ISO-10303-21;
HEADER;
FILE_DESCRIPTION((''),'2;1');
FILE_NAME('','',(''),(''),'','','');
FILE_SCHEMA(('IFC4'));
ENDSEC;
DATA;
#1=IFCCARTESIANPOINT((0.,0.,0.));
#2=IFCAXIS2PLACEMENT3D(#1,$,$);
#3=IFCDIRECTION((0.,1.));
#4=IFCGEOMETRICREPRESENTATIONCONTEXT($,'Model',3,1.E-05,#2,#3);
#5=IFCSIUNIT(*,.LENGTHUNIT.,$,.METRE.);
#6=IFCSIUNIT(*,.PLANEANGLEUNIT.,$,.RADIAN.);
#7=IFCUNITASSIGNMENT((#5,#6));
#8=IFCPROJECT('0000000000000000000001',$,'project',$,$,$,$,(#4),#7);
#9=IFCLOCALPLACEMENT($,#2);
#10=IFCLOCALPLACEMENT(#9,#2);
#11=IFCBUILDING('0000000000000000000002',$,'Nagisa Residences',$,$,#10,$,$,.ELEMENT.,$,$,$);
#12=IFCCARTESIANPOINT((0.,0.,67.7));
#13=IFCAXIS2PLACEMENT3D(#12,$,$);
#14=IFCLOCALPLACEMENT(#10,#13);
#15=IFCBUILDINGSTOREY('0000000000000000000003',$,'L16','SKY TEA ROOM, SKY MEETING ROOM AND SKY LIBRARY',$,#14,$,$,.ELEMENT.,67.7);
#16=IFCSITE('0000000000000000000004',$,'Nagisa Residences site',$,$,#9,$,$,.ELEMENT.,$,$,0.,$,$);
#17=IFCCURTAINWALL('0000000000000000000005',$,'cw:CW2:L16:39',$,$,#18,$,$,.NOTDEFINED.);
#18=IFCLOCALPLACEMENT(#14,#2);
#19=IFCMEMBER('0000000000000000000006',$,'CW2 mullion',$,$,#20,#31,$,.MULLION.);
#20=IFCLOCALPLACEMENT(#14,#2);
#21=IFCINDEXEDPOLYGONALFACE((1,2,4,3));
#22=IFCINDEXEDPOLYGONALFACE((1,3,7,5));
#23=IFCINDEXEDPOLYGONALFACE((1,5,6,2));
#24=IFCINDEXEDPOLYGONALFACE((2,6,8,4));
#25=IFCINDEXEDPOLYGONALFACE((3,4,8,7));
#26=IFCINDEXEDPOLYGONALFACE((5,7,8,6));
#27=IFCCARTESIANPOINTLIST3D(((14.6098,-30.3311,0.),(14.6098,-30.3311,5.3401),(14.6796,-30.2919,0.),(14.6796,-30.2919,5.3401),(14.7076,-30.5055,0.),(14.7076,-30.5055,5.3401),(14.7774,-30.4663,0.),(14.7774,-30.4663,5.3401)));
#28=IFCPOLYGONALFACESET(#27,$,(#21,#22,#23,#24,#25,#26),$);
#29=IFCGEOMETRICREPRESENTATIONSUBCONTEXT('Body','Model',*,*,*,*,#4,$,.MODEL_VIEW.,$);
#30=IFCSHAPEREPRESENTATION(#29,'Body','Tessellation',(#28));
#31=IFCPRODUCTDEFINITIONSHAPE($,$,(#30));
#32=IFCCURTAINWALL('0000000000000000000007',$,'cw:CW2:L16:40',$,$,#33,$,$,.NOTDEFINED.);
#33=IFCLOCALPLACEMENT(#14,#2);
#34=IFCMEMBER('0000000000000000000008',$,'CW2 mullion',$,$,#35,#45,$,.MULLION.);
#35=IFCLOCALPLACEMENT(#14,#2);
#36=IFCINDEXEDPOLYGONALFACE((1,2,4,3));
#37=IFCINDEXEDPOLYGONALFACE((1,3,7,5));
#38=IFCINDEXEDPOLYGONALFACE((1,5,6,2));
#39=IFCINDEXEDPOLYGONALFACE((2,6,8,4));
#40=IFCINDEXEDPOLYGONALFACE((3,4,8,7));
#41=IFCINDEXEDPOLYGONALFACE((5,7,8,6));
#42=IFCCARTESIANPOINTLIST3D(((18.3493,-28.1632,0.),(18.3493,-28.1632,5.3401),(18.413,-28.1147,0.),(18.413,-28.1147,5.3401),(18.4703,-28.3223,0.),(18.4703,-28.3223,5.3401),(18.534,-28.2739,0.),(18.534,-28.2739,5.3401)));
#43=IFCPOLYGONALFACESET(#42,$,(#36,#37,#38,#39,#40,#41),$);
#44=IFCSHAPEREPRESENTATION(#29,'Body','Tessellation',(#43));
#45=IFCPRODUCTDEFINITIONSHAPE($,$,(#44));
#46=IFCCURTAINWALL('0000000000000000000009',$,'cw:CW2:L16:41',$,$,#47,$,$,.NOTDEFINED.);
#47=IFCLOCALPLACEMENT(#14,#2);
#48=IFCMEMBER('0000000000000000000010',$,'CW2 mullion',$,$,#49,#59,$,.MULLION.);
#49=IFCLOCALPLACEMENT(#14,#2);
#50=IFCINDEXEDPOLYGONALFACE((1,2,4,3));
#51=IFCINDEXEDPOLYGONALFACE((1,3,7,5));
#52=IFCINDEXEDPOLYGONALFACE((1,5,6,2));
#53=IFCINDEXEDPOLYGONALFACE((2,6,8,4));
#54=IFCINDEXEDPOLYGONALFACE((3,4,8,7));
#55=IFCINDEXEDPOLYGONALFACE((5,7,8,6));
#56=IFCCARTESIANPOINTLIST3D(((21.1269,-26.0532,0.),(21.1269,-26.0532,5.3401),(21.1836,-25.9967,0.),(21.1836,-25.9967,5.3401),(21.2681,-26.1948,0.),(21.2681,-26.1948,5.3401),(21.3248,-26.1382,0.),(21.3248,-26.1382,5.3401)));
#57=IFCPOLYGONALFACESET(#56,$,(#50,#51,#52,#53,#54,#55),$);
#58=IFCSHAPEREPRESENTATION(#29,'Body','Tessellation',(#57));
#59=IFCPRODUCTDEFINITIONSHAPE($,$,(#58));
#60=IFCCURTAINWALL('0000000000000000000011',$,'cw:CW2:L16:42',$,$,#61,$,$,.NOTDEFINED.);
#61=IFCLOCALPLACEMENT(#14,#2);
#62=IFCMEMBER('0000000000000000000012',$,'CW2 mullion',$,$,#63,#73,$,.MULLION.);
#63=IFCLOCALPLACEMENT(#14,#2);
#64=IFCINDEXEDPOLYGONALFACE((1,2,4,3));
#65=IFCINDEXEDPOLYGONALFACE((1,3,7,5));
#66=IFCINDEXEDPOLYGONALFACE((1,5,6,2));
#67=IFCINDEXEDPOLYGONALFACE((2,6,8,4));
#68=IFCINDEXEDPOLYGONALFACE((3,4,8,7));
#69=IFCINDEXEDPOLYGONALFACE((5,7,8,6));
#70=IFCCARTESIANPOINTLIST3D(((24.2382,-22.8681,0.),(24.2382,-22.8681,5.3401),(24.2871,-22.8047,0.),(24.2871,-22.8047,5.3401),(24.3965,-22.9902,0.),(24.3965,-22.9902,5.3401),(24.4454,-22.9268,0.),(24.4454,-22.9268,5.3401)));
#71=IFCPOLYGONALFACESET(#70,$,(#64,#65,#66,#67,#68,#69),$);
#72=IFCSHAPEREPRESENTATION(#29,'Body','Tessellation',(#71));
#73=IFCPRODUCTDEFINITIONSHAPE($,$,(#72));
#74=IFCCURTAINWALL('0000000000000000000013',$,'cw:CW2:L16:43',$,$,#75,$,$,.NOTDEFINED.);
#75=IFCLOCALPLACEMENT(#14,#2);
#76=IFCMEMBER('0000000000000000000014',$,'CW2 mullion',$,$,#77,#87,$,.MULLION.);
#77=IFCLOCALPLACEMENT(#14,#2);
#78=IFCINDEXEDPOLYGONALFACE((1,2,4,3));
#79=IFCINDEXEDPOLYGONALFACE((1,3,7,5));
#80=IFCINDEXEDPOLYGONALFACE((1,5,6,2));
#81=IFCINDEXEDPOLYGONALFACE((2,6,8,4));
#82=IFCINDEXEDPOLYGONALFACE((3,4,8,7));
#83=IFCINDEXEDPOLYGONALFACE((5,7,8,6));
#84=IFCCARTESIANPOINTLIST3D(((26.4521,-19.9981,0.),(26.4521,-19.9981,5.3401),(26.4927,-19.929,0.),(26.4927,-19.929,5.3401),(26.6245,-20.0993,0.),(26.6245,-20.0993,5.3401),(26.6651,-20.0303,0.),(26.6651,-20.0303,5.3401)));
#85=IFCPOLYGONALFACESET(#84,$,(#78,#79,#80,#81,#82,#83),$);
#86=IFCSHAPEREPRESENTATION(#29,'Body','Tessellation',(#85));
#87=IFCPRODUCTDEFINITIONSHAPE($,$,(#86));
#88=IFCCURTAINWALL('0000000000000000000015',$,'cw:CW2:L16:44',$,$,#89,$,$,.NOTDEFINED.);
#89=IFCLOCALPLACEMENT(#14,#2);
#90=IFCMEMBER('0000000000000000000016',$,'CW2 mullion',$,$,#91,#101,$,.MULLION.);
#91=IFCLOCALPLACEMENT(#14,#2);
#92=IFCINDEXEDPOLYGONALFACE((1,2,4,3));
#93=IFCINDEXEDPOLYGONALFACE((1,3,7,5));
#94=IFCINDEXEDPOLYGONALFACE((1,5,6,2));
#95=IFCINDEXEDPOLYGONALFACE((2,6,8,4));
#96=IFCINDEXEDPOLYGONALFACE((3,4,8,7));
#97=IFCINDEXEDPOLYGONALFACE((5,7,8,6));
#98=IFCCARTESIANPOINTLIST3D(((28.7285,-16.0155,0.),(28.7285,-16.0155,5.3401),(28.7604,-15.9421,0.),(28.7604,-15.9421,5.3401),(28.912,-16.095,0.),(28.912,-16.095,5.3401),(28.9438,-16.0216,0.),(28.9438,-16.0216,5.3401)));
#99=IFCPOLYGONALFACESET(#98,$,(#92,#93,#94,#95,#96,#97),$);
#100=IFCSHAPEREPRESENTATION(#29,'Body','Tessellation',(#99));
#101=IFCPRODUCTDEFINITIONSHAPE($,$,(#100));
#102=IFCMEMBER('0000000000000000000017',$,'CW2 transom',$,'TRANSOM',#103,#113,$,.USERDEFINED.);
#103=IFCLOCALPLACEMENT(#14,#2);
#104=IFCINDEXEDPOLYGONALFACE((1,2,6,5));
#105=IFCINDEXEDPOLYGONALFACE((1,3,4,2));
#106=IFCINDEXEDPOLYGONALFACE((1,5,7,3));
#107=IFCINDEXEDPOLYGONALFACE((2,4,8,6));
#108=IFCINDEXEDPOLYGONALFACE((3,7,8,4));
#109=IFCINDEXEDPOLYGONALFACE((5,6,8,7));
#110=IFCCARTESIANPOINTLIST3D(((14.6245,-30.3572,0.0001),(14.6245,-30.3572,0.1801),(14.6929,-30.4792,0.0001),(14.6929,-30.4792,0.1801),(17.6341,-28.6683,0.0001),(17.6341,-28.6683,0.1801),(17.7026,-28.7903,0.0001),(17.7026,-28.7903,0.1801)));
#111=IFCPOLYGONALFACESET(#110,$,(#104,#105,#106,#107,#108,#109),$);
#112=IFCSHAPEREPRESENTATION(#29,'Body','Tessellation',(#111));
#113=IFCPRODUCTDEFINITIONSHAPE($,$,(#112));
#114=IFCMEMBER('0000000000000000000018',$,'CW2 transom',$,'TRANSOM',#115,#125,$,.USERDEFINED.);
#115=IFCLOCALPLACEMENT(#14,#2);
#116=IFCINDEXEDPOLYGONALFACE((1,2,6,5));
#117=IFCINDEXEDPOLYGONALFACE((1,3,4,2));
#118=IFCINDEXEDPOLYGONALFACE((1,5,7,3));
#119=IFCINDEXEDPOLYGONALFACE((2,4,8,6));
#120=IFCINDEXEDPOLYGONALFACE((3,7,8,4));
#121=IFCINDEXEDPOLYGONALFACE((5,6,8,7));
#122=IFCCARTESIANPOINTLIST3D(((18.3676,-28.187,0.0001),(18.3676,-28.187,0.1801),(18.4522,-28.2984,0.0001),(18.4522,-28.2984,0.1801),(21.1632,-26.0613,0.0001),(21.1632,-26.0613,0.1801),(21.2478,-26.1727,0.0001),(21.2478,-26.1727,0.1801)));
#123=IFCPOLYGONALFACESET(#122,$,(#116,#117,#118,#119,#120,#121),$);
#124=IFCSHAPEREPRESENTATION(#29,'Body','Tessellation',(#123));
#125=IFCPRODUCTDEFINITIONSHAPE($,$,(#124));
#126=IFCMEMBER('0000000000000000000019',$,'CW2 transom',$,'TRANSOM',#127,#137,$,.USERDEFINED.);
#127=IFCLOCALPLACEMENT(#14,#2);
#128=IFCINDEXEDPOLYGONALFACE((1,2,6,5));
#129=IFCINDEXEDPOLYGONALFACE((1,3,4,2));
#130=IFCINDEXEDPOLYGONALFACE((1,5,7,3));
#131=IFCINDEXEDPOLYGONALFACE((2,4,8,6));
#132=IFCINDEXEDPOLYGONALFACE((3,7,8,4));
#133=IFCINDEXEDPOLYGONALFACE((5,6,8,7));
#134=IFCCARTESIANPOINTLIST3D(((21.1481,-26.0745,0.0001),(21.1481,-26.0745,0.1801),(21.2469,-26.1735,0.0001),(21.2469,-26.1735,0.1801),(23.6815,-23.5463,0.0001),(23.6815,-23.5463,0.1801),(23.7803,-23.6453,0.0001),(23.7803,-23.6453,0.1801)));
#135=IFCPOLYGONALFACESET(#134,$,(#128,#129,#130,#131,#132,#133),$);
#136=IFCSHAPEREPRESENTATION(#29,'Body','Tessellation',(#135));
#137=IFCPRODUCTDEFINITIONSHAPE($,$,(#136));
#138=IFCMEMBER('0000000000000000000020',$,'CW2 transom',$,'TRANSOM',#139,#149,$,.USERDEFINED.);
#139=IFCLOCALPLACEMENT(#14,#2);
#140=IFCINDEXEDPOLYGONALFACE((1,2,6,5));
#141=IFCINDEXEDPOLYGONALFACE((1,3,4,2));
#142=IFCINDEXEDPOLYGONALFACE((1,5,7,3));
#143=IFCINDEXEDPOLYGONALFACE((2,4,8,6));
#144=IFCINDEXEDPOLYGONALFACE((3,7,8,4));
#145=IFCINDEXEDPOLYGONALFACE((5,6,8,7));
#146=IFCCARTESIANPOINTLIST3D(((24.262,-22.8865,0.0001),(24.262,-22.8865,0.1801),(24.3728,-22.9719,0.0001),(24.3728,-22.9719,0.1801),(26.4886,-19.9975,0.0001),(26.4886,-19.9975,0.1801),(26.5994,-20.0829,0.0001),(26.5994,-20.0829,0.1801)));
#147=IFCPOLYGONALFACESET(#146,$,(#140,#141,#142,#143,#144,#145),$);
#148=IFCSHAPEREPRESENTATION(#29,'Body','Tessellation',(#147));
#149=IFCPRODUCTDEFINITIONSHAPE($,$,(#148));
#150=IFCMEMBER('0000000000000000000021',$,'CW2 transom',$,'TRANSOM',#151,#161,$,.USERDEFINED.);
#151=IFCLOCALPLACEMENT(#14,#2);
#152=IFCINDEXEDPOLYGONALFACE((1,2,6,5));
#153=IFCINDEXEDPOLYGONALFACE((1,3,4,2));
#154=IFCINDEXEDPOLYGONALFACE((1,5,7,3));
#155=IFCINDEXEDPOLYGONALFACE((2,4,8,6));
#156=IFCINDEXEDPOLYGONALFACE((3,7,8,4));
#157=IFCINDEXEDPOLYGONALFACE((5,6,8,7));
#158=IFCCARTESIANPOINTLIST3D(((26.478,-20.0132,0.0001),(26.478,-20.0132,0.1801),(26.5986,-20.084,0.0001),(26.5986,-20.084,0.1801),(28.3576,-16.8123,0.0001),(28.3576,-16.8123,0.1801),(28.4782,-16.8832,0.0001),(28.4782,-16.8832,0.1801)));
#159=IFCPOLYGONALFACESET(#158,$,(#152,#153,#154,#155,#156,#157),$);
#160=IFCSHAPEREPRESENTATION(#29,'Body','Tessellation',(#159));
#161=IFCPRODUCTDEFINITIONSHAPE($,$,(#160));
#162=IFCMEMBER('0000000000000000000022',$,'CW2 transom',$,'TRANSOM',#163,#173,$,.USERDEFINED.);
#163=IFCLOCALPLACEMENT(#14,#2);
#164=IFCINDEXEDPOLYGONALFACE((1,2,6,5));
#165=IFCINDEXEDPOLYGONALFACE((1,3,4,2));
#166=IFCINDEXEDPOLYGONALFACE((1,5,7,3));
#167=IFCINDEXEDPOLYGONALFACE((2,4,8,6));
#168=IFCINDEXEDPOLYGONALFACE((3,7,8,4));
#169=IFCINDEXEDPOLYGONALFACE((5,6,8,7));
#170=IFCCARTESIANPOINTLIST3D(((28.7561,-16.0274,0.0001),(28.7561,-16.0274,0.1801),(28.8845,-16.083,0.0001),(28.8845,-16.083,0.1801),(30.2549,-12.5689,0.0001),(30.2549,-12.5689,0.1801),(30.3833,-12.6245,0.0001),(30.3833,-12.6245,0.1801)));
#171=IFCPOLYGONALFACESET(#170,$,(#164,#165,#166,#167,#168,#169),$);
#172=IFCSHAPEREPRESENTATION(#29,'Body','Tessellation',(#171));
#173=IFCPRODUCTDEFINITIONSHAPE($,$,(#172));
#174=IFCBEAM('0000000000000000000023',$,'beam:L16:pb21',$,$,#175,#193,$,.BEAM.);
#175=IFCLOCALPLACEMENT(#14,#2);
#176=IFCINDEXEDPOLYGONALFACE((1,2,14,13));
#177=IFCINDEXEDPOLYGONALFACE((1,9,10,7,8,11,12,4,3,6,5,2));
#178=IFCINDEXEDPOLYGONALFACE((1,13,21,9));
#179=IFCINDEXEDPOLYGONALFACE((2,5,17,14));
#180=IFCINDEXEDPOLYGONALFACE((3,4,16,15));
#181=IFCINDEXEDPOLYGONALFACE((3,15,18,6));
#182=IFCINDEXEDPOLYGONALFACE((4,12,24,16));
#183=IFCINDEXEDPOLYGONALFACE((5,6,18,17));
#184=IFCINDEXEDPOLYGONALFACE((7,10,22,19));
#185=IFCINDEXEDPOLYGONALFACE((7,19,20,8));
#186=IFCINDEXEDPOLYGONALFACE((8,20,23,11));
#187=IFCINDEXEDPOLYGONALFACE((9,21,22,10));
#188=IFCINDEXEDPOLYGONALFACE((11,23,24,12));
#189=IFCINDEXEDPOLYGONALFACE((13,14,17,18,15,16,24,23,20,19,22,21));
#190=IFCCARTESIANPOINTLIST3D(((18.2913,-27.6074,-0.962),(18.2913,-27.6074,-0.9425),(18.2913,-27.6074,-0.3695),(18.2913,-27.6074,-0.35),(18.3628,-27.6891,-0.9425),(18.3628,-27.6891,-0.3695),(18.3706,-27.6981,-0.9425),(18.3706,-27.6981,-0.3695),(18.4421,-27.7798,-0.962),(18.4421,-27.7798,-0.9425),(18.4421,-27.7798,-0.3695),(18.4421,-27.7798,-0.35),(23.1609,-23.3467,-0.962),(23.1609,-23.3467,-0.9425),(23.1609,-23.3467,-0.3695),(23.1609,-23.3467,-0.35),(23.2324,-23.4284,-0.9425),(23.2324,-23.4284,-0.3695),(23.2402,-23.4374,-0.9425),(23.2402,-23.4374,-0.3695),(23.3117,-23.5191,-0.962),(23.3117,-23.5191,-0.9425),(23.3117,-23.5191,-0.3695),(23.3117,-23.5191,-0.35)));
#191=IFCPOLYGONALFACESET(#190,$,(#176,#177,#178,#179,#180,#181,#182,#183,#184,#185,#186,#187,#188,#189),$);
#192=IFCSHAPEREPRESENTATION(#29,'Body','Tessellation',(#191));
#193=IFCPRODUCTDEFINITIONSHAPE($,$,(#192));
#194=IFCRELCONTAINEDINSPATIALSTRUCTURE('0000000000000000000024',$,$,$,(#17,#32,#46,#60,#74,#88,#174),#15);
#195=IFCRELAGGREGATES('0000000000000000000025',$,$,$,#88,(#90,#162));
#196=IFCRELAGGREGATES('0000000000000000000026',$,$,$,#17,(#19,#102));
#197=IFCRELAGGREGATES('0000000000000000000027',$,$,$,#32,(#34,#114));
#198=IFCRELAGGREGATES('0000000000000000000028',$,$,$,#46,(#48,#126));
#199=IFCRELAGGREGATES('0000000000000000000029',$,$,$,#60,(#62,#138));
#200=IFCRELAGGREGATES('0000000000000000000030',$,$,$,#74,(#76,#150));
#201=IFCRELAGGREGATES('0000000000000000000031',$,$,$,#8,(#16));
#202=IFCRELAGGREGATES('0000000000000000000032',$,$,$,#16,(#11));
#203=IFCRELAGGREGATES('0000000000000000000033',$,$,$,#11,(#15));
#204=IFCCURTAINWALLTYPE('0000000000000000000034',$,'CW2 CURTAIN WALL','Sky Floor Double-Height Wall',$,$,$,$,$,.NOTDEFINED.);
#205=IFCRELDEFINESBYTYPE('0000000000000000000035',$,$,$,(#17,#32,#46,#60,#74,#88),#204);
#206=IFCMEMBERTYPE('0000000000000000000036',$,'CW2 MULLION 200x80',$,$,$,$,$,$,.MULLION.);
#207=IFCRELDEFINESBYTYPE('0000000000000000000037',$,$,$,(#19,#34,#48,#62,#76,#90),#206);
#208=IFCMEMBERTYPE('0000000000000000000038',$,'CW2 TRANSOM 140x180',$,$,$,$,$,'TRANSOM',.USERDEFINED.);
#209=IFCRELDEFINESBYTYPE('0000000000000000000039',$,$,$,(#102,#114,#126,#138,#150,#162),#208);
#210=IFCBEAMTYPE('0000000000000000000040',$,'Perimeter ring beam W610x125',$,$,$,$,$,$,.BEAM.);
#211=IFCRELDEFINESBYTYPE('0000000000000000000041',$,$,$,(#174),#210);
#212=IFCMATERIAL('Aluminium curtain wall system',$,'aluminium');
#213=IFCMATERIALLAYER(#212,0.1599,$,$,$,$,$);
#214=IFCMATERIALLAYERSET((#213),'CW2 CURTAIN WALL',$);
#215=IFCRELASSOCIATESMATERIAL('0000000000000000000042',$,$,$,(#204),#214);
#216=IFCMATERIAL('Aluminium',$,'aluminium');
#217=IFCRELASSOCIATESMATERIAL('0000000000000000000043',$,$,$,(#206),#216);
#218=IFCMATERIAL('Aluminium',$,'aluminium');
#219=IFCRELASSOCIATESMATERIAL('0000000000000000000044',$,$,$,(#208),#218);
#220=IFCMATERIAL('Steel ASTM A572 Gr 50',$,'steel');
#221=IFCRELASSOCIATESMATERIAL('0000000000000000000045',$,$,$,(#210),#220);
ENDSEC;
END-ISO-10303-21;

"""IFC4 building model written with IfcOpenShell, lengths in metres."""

from ifc_helpers import new_model, si_unit, direction, frame, origin, origin_2d, place, context, subcontext, project, spatial, rectangle, i_section, extrude, material, layer, layer_set, material_profile, profile_set, type_object, element, aggregate, save


model = new_model("IFC4")

# Units and contexts
model_context = context("Model", 3, precision=1e-05, world=origin(), true_north=direction((0.0, 1.0)))
body_context = subcontext(model_context, "Body", "Model", "MODEL_VIEW")
ifc_project = project(units=[si_unit("LENGTHUNIT", "METRE"), si_unit("PLANEANGLEUNIT", "RADIAN")], contexts=[model_context])

# Site, building, storey
site_placement = place(None, origin())
site = spatial("IfcSite", under=ifc_project, at=site_placement, Name="Nagisa Residences site", CompositionType="ELEMENT", RefElevation=0.0)
building_placement = place(site_placement, origin())
building = spatial("IfcBuilding", under=site, at=building_placement, Name="Nagisa Residences", CompositionType="ELEMENT")
storey_placement = place(building_placement, frame((0.0, 0.0, 67.7)))
storey = spatial("IfcBuildingStorey", under=building, at=storey_placement, Name="L16", Description="SKY TEA ROOM, SKY MEETING ROOM AND SKY LIBRARY", CompositionType="ELEMENT", Elevation=67.7)

# Curtain walls, members
ifc_material_1 = material(Name="Aluminium curtain wall system", Category="aluminium")
ifc_layer_1 = layer(ifc_material_1, 0.1599)
ifc_layer_set_1 = layer_set([ifc_layer_1], Name="CW2 CURTAIN WALL")
curtain_wall_type = type_object("IfcCurtainWallType", Name="CW2 CURTAIN WALL", Description="Sky Floor Double-Height Wall", PredefinedType="NOTDEFINED", material=ifc_layer_set_1)
curtain_wall_1_placement = place(storey_placement, origin())
curtain_wall_1 = element("IfcCurtainWall", 1, at=curtain_wall_1_placement, inside=storey, type_object=curtain_wall_type, Name="cw:CW2:L16:39", PredefinedType="NOTDEFINED")
ifc_material_2 = material(Name="Aluminium", Category="aluminium")
ifc_material_profile_1 = material_profile(ifc_material_2, rectangle(XDim=0.2, YDim=0.0801, at=origin_2d()), Name="CW2 MULLION 200x80")
ifc_profile_set_1 = profile_set([ifc_material_profile_1], Name="Aluminium")
member_type_1 = type_object("IfcMemberType", Name="CW2 MULLION 200x80", PredefinedType="MULLION", material=ifc_profile_set_1)
member_1_placement = place(storey_placement, frame((14.6936, -30.3987, 0.0), z_axis=(0.0, 0.0, 1.0), x_axis=(-0.489377, 0.872072, 0.0)))
member_1 = element("IfcMember", 2, at=member_1_placement, type_object=member_type_1, Name="CW2 mullion", PredefinedType="MULLION", context=body_context, shape_type="SweptSolid", body=[
    extrude(rectangle(XDim=0.2, YDim=0.0801, at=origin_2d()), origin(), (0.0, 0.0, 1.0), 5.3401),
])
curtain_wall_2_placement = place(storey_placement, origin())
curtain_wall_2 = element("IfcCurtainWall", 3, at=curtain_wall_2_placement, inside=storey, type_object=curtain_wall_type, Name="cw:CW2:L16:40", PredefinedType="NOTDEFINED")
member_2_placement = place(storey_placement, frame((18.4417, -28.2185, 0.0), z_axis=(0.0, 0.0, 1.0), x_axis=(-0.605255, 0.796031, 0.0)))
member_2 = element("IfcMember", 4, at=member_2_placement, type_object=member_type_1, Name="CW2 mullion", PredefinedType="MULLION", context=body_context, shape_type="SweptSolid", body=[
    extrude(rectangle(XDim=0.2, YDim=0.0801, at=origin_2d()), origin(), (0.0, 0.0, 1.0), 5.3401),
])
curtain_wall_3_placement = place(storey_placement, origin())
curtain_wall_3 = element("IfcCurtainWall", 5, at=curtain_wall_3_placement, inside=storey, type_object=curtain_wall_type, Name="cw:CW2:L16:41", PredefinedType="NOTDEFINED")
member_3_placement = place(storey_placement, frame((21.2258, -26.0957, 0.0), z_axis=(0.0, 0.0, 1.0), x_axis=(-0.706377, 0.707836, 0.0)))
member_3 = element("IfcMember", 6, at=member_3_placement, type_object=member_type_1, Name="CW2 mullion", PredefinedType="MULLION", context=body_context, shape_type="SweptSolid", body=[
    extrude(rectangle(XDim=0.2, YDim=0.0801, at=origin_2d()), origin(), (0.0, 0.0, 1.0), 5.3401),
])
curtain_wall_4_placement = place(storey_placement, origin())
curtain_wall_4 = element("IfcCurtainWall", 7, at=curtain_wall_4_placement, inside=storey, type_object=curtain_wall_type, Name="cw:CW2:L16:42", PredefinedType="NOTDEFINED")
member_4_placement = place(storey_placement, frame((24.3418, -22.8975, 0.0), z_axis=(0.0, 0.0, 1.0), x_axis=(-0.79207, 0.61043, 0.0)))
member_4 = element("IfcMember", 8, at=member_4_placement, type_object=member_type_1, Name="CW2 mullion", PredefinedType="MULLION", context=body_context, shape_type="SweptSolid", body=[
    extrude(rectangle(XDim=0.2, YDim=0.0801, at=origin_2d()), origin(), (0.0, 0.0, 1.0), 5.3401),
])
curtain_wall_5_placement = place(storey_placement, origin())
curtain_wall_5 = element("IfcCurtainWall", 9, at=curtain_wall_5_placement, inside=storey, type_object=curtain_wall_type, Name="cw:CW2:L16:43", PredefinedType="NOTDEFINED")
member_5_placement = place(storey_placement, frame((26.5586, -20.0142, 0.0), z_axis=(0.0, 0.0, 1.0), x_axis=(-0.862329, 0.506349, 0.0)))
member_5 = element("IfcMember", 10, at=member_5_placement, type_object=member_type_1, Name="CW2 mullion", PredefinedType="MULLION", context=body_context, shape_type="SweptSolid", body=[
    extrude(rectangle(XDim=0.2, YDim=0.0801, at=origin_2d()), origin(), (0.0, 0.0, 1.0), 5.3401),
])
curtain_wall_6_placement = place(storey_placement, origin())
curtain_wall_6 = element("IfcCurtainWall", 11, at=curtain_wall_6_placement, inside=storey, type_object=curtain_wall_type, Name="cw:CW2:L16:44", PredefinedType="NOTDEFINED")
member_6_placement = place(storey_placement, frame((28.8362, -16.0186, 0.0), z_axis=(0.0, 0.0, 1.0), x_axis=(-0.917543, 0.397636, 0.0)))
member_6 = element("IfcMember", 12, at=member_6_placement, type_object=member_type_1, Name="CW2 mullion", PredefinedType="MULLION", context=body_context, shape_type="SweptSolid", body=[
    extrude(rectangle(XDim=0.2, YDim=0.0801, at=origin_2d()), origin(), (0.0, 0.0, 1.0), 5.3401),
])

# Members
ifc_material_3 = material(Name="Aluminium", Category="aluminium")
ifc_material_profile_2 = material_profile(ifc_material_3, rectangle(XDim=0.1399, YDim=0.1799, at=origin_2d()), Name="CW2 TRANSOM 140x180")
ifc_profile_set_2 = profile_set([ifc_material_profile_2], Name="Aluminium")
member_type_2 = type_object("IfcMemberType", Name="CW2 TRANSOM 140x180", ElementType="TRANSOM", PredefinedType="USERDEFINED", material=ifc_profile_set_2)
member_7_placement = place(storey_placement, frame((14.6587, -30.4182, 0.0901), z_axis=(0.872074, 0.489374, 0.0), x_axis=(-0.489374, 0.872074, 0.0)))
member_7 = element("IfcMember", 13, at=member_7_placement, type_object=member_type_2, Name="CW2 transom", ObjectType="TRANSOM", PredefinedType="USERDEFINED", context=body_context, shape_type="SweptSolid", body=[
    extrude(rectangle(XDim=0.1399, YDim=0.1799, at=origin_2d()), origin(), (0.0, 0.0, 1.0), 3.4512),
])
member_8_placement = place(storey_placement, frame((18.4099, -28.2427, 0.0901), z_axis=(0.79602, 0.60527, 0.0), x_axis=(-0.60527, 0.79602, 0.0)))
member_8 = element("IfcMember", 14, at=member_8_placement, type_object=member_type_2, Name="CW2 transom", ObjectType="TRANSOM", PredefinedType="USERDEFINED", context=body_context, shape_type="SweptSolid", body=[
    extrude(rectangle(XDim=0.1399, YDim=0.1799, at=origin_2d()), origin(), (0.0, 0.0, 1.0), 3.512),
])
member_9_placement = place(storey_placement, frame((21.1975, -26.124, 0.0901), z_axis=(0.707823, 0.70639, 0.0), x_axis=(-0.70639, 0.707823, 0.0)))
member_9 = element("IfcMember", 15, at=member_9_placement, type_object=member_type_2, Name="CW2 transom", ObjectType="TRANSOM", PredefinedType="USERDEFINED", context=body_context, shape_type="SweptSolid", body=[
    extrude(rectangle(XDim=0.1399, YDim=0.1799, at=origin_2d()), origin(), (0.0, 0.0, 1.0), 3.5791),
])
member_10_placement = place(storey_placement, frame((24.3174, -22.9292, 0.0901), z_axis=(0.610454, 0.792051, 0.0), x_axis=(-0.792051, 0.610454, 0.0)))
member_10 = element("IfcMember", 16, at=member_10_placement, type_object=member_type_2, Name="CW2 transom", ObjectType="TRANSOM", PredefinedType="USERDEFINED", context=body_context, shape_type="SweptSolid", body=[
    extrude(rectangle(XDim=0.1399, YDim=0.1799, at=origin_2d()), origin(), (0.0, 0.0, 1.0), 3.6475),
])
member_11_placement = place(storey_placement, frame((26.5383, -20.0486, 0.0901), z_axis=(0.506368, 0.862318, 0.0), x_axis=(-0.862318, 0.506368, 0.0)))
member_11 = element("IfcMember", 17, at=member_11_placement, type_object=member_type_2, Name="CW2 transom", ObjectType="TRANSOM", PredefinedType="USERDEFINED", context=body_context, shape_type="SweptSolid", body=[
    extrude(rectangle(XDim=0.1399, YDim=0.1799, at=origin_2d()), origin(), (0.0, 0.0, 1.0), 3.7119),
])
member_12_placement = place(storey_placement, frame((28.8203, -16.0552, 0.0901), z_axis=(0.397629, 0.917546, 0.0), x_axis=(-0.917546, 0.397629, 0.0)))
member_12 = element("IfcMember", 18, at=member_12_placement, type_object=member_type_2, Name="CW2 transom", ObjectType="TRANSOM", PredefinedType="USERDEFINED", context=body_context, shape_type="SweptSolid", body=[
    extrude(rectangle(XDim=0.1399, YDim=0.1799, at=origin_2d()), origin(), (0.0, 0.0, 1.0), 3.7693),
])
aggregate(curtain_wall_6, [member_6, member_12])

# Beam
ifc_material_4 = material(Name="Steel ASTM A572 Gr 50", Category="steel")
ifc_material_profile_3 = material_profile(ifc_material_4, i_section(OverallWidth=0.229, OverallDepth=0.6121, WebThickness=0.012, FlangeThickness=0.0195, at=origin_2d()), Name="W610x125")
ifc_profile_set_3 = profile_set([ifc_material_profile_3], Name="Steel ASTM A572 Gr 50")
beam_type_1 = type_object("IfcBeamType", Name="Perimeter ring beam W610x125", PredefinedType="BEAM", material=ifc_profile_set_3)
beam_1_placement = place(storey_placement, frame((18.3667, -27.6936, -0.656), z_axis=(0.752591, 0.658489, 0.0), x_axis=(-0.658489, 0.752591, 0.0)))
element("IfcBeam", 19, at=beam_1_placement, inside=storey, type_object=beam_type_1, Name="beam:L16:pb21", PredefinedType="BEAM", context=body_context, shape_type="SweptSolid", body=[
    extrude(i_section(OverallWidth=0.229, OverallDepth=0.6121, WebThickness=0.012, FlangeThickness=0.0195, at=origin_2d()), origin(), (0.0, 0.0, 1.0), 6.4705),
])

aggregate(curtain_wall_1, [member_1, member_7])
aggregate(curtain_wall_2, [member_2, member_8])
aggregate(curtain_wall_3, [member_3, member_9])
aggregate(curtain_wall_4, [member_4, member_10])
aggregate(curtain_wall_5, [member_5, member_11])

save(model, "model.ifc")
